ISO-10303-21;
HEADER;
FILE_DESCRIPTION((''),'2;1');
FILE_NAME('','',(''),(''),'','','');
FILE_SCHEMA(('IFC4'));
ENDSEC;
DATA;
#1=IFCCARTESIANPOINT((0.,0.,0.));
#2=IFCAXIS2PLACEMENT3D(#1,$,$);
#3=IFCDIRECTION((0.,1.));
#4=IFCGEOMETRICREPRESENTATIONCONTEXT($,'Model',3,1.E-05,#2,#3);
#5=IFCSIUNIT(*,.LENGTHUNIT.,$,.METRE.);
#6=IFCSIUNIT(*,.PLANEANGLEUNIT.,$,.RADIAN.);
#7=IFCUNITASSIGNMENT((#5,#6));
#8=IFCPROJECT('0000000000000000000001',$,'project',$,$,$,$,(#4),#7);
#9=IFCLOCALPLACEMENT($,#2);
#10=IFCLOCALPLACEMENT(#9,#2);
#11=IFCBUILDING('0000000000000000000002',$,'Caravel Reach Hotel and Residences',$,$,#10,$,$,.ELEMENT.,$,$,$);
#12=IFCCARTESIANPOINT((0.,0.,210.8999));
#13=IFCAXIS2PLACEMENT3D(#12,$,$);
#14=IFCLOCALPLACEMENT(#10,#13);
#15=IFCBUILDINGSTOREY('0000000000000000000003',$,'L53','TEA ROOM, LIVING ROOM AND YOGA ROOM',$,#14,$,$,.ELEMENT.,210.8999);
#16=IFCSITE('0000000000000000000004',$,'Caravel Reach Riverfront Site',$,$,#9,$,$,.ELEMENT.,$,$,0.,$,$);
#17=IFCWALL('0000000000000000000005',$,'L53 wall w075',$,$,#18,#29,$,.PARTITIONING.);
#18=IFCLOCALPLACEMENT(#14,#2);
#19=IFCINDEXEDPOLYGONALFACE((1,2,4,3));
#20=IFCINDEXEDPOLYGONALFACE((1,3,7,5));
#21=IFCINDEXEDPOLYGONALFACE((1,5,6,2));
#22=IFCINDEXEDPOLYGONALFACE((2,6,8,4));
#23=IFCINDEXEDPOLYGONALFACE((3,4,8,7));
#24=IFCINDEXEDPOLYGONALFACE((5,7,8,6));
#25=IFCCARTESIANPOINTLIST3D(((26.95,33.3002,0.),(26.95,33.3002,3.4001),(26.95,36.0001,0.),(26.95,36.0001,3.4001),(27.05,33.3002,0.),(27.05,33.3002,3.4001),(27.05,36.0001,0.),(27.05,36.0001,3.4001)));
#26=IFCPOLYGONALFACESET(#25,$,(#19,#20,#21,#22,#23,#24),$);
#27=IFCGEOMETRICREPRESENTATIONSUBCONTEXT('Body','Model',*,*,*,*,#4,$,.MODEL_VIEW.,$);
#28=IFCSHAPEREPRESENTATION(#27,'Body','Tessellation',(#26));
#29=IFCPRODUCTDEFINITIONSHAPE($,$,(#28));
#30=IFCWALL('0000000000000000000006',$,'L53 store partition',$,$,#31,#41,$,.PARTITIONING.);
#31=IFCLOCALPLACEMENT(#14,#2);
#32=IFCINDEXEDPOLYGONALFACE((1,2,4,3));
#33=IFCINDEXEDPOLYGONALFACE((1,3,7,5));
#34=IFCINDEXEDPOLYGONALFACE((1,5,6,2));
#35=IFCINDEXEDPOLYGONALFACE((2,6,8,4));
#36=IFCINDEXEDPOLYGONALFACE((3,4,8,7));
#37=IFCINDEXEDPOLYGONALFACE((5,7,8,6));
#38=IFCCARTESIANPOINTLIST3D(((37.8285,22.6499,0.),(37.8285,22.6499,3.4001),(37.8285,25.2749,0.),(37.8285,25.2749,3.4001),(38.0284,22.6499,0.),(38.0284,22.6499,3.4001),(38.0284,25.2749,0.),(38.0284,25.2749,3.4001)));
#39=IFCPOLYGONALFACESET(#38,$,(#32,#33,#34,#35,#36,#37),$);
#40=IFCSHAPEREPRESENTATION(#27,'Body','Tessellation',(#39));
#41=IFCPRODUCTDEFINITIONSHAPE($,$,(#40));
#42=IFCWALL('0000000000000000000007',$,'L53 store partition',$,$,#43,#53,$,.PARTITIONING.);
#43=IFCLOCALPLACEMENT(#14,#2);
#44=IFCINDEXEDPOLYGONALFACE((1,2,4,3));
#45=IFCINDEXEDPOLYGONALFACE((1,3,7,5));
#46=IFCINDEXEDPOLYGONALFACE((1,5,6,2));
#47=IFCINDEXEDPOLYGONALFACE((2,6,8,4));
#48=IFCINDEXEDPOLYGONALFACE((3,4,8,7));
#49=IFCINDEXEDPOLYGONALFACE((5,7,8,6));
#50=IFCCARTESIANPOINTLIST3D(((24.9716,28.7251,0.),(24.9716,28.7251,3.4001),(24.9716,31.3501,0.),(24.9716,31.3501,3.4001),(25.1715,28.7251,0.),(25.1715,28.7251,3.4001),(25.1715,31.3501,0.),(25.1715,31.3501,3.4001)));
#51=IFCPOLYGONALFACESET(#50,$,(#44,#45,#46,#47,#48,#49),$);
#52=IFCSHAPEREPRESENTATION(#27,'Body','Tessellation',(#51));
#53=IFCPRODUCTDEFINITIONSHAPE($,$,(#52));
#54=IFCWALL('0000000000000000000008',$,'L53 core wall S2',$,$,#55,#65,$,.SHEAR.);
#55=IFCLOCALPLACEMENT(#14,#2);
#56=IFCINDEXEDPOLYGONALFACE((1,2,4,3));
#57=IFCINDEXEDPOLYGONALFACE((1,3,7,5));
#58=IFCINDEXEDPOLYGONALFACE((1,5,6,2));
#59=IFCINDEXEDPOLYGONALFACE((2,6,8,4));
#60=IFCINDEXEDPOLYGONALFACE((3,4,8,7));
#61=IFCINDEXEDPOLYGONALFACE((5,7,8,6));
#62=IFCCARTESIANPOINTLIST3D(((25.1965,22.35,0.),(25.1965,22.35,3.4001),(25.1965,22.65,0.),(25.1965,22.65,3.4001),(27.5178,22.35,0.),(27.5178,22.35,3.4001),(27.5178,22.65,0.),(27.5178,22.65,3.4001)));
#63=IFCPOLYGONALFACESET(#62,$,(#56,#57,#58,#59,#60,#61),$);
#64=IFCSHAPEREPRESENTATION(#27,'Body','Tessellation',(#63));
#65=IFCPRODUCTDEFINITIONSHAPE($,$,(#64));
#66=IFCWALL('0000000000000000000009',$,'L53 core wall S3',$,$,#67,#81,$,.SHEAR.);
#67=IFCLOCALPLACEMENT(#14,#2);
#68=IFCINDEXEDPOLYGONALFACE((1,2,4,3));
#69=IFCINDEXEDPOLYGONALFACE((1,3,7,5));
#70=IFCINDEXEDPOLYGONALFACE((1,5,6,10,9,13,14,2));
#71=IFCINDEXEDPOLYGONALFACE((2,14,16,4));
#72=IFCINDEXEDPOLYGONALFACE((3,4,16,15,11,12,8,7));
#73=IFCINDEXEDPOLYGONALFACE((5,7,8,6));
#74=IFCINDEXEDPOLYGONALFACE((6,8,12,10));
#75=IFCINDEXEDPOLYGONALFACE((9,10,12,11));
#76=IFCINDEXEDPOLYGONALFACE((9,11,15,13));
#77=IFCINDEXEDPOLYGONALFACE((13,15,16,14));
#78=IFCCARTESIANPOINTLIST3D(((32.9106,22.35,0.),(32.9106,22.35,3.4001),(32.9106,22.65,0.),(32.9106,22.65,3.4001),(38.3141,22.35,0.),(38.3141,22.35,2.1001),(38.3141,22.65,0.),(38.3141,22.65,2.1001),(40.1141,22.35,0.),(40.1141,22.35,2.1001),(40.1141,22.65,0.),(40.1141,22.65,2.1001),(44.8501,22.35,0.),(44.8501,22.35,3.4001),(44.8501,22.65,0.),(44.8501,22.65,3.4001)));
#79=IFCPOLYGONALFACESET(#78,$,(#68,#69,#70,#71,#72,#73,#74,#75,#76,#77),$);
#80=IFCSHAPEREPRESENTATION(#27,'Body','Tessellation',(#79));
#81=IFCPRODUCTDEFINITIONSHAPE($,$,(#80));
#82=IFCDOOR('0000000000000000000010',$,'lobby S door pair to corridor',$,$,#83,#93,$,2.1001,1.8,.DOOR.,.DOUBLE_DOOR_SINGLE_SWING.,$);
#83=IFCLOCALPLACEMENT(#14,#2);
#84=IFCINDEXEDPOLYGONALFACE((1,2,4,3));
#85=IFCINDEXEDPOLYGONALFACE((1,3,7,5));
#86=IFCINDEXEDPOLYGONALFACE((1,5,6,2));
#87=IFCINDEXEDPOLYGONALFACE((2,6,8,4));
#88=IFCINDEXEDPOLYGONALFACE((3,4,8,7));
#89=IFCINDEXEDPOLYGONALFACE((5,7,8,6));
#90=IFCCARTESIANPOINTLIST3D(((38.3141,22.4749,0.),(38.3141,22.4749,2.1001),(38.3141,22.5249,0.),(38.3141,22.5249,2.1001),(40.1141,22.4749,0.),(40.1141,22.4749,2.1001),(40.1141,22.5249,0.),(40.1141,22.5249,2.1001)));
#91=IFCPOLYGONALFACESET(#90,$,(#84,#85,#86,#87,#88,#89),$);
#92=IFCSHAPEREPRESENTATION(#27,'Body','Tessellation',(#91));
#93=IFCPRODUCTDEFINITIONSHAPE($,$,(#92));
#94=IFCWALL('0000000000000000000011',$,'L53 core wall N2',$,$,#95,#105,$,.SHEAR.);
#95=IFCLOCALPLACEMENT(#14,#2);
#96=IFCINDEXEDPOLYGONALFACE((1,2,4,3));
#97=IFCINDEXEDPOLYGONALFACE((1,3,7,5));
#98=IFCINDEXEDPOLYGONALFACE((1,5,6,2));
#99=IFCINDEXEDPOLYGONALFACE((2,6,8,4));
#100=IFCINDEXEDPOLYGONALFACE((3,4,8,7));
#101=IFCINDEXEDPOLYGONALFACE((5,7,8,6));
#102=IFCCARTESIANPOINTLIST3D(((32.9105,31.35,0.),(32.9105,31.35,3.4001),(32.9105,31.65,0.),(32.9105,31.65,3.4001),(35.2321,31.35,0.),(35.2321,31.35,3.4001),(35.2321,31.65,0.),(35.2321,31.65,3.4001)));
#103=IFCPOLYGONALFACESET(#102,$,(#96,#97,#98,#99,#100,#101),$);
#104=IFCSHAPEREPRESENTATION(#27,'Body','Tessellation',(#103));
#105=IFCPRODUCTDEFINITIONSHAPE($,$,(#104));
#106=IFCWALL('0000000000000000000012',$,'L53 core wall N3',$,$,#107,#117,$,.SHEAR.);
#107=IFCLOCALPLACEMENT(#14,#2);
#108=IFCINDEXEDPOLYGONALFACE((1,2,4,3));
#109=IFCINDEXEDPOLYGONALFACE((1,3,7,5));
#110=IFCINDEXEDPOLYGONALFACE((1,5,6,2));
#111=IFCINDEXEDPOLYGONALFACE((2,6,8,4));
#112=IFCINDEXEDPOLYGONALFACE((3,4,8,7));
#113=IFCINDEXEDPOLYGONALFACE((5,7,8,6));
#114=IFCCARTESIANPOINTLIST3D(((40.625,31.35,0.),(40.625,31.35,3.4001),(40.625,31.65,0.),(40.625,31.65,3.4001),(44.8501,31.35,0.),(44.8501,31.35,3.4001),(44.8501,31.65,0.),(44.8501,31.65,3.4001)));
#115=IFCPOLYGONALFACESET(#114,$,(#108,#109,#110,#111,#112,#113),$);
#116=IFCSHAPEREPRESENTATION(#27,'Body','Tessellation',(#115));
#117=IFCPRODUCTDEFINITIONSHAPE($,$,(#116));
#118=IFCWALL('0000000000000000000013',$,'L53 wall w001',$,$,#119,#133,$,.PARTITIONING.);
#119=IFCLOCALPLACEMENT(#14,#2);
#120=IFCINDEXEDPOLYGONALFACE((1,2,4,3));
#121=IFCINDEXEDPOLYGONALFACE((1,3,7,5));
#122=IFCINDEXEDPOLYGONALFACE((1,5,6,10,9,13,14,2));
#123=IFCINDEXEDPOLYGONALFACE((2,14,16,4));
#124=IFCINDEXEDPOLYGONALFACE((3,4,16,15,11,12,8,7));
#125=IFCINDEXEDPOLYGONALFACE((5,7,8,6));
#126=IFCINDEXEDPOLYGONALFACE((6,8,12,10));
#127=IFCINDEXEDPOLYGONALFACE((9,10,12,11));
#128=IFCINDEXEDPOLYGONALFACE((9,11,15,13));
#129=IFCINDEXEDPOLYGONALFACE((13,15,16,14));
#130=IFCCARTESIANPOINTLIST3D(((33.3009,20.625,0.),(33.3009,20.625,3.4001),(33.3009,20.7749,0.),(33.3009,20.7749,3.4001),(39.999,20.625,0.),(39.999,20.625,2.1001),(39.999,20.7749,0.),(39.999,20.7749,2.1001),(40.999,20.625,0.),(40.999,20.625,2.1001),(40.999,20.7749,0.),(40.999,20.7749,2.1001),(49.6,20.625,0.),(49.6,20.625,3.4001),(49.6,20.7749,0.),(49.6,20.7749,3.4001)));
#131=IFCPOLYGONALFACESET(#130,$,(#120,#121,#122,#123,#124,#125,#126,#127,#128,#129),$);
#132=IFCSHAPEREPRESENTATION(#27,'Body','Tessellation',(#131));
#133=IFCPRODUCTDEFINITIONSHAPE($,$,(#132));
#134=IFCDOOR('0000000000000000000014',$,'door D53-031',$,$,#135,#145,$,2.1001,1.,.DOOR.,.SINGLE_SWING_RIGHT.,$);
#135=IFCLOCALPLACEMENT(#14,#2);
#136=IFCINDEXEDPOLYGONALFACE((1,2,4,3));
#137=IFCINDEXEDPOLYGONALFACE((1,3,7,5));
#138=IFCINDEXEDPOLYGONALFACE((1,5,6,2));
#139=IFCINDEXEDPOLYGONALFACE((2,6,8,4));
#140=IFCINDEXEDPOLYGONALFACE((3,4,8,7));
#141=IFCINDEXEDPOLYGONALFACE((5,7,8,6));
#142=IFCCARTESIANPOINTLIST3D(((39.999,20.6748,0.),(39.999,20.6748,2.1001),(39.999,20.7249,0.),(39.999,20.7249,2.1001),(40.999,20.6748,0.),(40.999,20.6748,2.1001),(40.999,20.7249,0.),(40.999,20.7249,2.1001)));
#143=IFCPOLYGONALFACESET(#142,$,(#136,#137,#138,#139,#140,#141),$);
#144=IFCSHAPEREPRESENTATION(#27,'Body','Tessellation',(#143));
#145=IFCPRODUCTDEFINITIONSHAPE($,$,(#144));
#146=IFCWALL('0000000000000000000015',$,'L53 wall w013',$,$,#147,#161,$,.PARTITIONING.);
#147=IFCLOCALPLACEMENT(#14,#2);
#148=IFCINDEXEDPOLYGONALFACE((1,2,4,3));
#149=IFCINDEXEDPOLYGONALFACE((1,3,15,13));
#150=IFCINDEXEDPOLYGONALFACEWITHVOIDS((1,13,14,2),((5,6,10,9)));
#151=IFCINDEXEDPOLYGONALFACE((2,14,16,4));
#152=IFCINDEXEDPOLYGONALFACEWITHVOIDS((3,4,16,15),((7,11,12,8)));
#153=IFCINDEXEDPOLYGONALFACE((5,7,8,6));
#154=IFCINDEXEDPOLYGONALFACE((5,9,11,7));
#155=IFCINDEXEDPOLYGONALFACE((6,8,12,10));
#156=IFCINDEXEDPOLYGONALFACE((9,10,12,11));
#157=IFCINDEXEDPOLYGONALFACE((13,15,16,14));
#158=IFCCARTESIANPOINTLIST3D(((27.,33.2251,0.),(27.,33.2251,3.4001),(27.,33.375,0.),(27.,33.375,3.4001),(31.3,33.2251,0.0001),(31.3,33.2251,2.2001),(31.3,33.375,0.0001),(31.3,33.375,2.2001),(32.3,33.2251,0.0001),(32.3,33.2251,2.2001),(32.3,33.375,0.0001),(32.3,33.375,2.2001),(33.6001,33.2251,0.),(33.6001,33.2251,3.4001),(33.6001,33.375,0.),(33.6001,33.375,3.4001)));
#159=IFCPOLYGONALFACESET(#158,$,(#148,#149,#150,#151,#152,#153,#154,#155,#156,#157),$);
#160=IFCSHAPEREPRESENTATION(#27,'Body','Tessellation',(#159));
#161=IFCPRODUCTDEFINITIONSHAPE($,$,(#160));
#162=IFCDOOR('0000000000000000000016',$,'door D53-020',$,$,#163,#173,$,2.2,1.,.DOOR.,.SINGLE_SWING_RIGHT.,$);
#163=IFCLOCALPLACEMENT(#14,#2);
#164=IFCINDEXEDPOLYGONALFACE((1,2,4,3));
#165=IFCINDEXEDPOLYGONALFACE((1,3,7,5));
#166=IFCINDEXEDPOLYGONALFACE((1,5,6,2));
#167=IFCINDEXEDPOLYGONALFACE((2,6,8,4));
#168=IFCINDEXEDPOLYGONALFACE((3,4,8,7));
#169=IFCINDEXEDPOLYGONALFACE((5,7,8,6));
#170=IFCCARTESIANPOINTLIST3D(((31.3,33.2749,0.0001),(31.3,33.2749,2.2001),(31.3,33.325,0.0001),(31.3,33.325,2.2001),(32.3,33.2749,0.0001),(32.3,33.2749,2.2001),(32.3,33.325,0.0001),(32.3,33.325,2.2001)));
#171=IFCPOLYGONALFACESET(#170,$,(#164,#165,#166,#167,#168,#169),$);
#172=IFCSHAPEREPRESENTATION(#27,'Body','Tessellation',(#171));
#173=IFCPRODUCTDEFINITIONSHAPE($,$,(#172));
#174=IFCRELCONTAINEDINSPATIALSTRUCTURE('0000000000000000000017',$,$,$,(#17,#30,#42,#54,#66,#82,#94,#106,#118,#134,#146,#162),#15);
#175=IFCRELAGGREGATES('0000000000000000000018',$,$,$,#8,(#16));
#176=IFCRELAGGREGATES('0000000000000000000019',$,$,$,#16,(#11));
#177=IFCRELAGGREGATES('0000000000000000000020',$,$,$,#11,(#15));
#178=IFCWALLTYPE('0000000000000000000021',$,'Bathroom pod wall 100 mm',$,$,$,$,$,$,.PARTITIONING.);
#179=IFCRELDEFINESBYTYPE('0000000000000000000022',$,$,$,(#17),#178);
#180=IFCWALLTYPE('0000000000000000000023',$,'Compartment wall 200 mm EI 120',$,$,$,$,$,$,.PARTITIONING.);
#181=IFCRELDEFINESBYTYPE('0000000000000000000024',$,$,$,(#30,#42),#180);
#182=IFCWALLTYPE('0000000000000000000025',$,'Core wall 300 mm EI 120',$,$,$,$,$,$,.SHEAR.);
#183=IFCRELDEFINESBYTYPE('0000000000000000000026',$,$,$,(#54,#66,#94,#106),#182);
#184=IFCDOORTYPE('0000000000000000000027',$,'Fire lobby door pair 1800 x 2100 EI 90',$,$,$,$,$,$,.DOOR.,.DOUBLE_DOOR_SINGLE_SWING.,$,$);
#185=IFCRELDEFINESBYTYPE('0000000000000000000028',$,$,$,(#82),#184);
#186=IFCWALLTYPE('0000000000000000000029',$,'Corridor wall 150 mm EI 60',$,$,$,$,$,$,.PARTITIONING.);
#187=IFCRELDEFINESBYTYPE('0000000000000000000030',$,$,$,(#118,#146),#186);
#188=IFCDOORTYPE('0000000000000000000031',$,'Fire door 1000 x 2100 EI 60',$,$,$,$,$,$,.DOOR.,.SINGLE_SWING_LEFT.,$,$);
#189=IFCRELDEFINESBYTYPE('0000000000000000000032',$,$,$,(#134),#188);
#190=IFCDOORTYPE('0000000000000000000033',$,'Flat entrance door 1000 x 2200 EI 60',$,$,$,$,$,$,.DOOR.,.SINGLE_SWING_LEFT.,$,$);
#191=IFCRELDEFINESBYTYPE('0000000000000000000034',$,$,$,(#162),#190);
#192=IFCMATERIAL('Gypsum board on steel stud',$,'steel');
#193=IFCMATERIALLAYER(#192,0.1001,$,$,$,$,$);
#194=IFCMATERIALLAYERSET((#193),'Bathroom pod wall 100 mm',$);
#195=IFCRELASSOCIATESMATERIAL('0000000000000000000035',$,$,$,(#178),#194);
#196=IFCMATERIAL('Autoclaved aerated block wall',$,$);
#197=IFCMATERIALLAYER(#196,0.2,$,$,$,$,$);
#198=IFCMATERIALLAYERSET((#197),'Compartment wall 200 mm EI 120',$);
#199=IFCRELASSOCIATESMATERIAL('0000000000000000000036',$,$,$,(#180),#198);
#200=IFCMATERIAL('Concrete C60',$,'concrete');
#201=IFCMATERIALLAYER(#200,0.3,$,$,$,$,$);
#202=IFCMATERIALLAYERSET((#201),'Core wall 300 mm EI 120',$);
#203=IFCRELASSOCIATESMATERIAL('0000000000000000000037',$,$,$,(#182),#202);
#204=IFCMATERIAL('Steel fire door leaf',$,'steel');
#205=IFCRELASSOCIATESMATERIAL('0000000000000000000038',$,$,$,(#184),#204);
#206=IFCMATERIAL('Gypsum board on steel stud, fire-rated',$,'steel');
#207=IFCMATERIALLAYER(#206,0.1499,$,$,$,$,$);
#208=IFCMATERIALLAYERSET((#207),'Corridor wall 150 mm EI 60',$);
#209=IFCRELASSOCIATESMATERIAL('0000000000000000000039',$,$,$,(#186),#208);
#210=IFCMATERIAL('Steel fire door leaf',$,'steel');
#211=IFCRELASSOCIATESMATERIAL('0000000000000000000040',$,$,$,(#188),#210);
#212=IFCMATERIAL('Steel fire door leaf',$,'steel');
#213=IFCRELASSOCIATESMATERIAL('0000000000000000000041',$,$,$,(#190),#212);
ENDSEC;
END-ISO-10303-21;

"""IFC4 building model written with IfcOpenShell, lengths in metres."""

from ifc_helpers import new_model, si_unit, direction, frame, frame_2d, origin, place, context, subcontext, project, spatial, rectangle, extrude, material, layer, layer_set, type_object, element, fill, save


model = new_model("IFC4")

# Units and contexts
model_context = context("Model", 3, precision=1e-05, world=origin(), true_north=direction((0.0, 1.0)))
body_context = subcontext(model_context, "Body", "Model", "MODEL_VIEW")
ifc_project = project(units=[si_unit("LENGTHUNIT", "METRE"), si_unit("PLANEANGLEUNIT", "RADIAN")], contexts=[model_context])

# Site, building, storey
site_placement = place(None, origin())
site = spatial("IfcSite", under=ifc_project, at=site_placement, Name="Caravel Reach Riverfront Site", CompositionType="ELEMENT", RefElevation=0.0)
building_placement = place(site_placement, origin())
building = spatial("IfcBuilding", under=site, at=building_placement, Name="Caravel Reach Hotel and Residences", CompositionType="ELEMENT")
storey_placement = place(building_placement, frame((0.0, 0.0, 210.8999)))
storey = spatial("IfcBuildingStorey", under=building, at=storey_placement, Name="L53", Description="TEA ROOM, LIVING ROOM AND YOGA ROOM", CompositionType="ELEMENT", Elevation=210.8999)

# Walls
ifc_material_1 = material(Name="Gypsum board on steel stud", Category="steel")
ifc_layer_1 = layer(ifc_material_1, 0.1001)
ifc_layer_set_1 = layer_set([ifc_layer_1], Name="Bathroom pod wall 100 mm")
wall_type_1 = type_object("IfcWallType", Name="Bathroom pod wall 100 mm", PredefinedType="PARTITIONING", material=ifc_layer_set_1)
wall_1_placement = place(storey_placement, frame((27.0, 33.3, 0.0), z_axis=(0.0, 0.0, 1.0), x_axis=(0.0, 1.0, 0.0)))
element("IfcWall", 1, at=wall_1_placement, inside=storey, type_object=wall_type_1, Name="L53 wall w075", PredefinedType="PARTITIONING", context=body_context, shape_type="SweptSolid", body=[
    extrude(rectangle(XDim=2.7, YDim=0.1001, at=frame_2d((1.3501, 0.0))), origin(), (0.0, 0.0, 1.0), 3.4001),
])
ifc_material_2 = material(Name="Autoclaved aerated block wall")
ifc_layer_2 = layer(ifc_material_2, 0.2)
ifc_layer_set_2 = layer_set([ifc_layer_2], Name="Compartment wall 200 mm EI 120")
wall_type_2 = type_object("IfcWallType", Name="Compartment wall 200 mm EI 120", PredefinedType="PARTITIONING", material=ifc_layer_set_2)
for number, where, z_axis, x_axis, name in (
    (2, (37.9285, 22.6499, 0.0), (0.0, 0.0, 1.0), (0.0, 1.0, 0.0), "L53 store partition"),
    (3, (25.0715, 28.7251, 0.0), (0.0, 0.0, 1.0), (0.0, 1.0, 0.0), "L53 store partition"),
):
    element("IfcWall", number, at=place(storey_placement, frame(where, z_axis=z_axis, x_axis=x_axis)), inside=storey, type_object=wall_type_2, Name=name, PredefinedType="PARTITIONING", context=body_context, shape_type="SweptSolid", body=[
        extrude(rectangle(XDim=2.625, YDim=0.2, at=frame_2d((1.3125, 0.0))), origin(), (0.0, 0.0, 1.0), 3.4001),
    ])
ifc_material_3 = material(Name="Concrete C60", Category="concrete")
ifc_layer_3 = layer(ifc_material_3, 0.3)
ifc_layer_set_3 = layer_set([ifc_layer_3], Name="Core wall 300 mm EI 120")
wall_type_3 = type_object("IfcWallType", Name="Core wall 300 mm EI 120", PredefinedType="SHEAR", material=ifc_layer_set_3)
wall_2_placement = place(storey_placement, frame((25.1965, 22.5, 0.0), z_axis=(0.0, 0.0, 1.0), x_axis=(1.0, 0.0, 0.0)))
element("IfcWall", 4, at=wall_2_placement, inside=storey, type_object=wall_type_3, Name="L53 core wall S2", PredefinedType="SHEAR", context=body_context, shape_type="SweptSolid", body=[
    extrude(rectangle(XDim=2.3213, YDim=0.3, at=frame_2d((1.1606, 0.0))), origin(), (0.0, 0.0, 1.0), 3.4001),
])

# Wall, opening, door
wall_3_placement = place(storey_placement, frame((32.9106, 22.5, 0.0), z_axis=(0.0, 0.0, 1.0), x_axis=(1.0, 0.0, 0.0)))
wall_3 = element("IfcWall", 5, at=wall_3_placement, inside=storey, type_object=wall_type_3, Name="L53 core wall S3", PredefinedType="SHEAR", context=body_context, shape_type="SweptSolid", body=[
    extrude(rectangle(XDim=11.9395, YDim=0.3, at=frame_2d((5.9697, 0.0))), origin(), (0.0, 0.0, 1.0), 3.4001),
])
opening_1_placement = place(wall_3_placement, frame((5.4036, 0.0, 0.0)))
opening_1 = element("IfcOpeningElement", 6, at=opening_1_placement, cuts=wall_3, PredefinedType="OPENING", context=body_context, shape_type="SweptSolid", body=[
    extrude(rectangle(XDim=1.8, YDim=2.1001, at=frame_2d((0.8999, 1.05))), frame((0.0, 0.1599, 0.0), z_axis=(0.0, -1.0, 0.0), x_axis=(1.0, 0.0, 0.0)), (0.0, 0.0, 1.0), 0.3201),
])
ifc_material_4 = material(Name="Steel fire door leaf", Category="steel")
door_type_1 = type_object("IfcDoorType", Name="Fire lobby door pair 1800 x 2100 EI 90", OperationType="DOUBLE_DOOR_SINGLE_SWING", PredefinedType="DOOR", material=ifc_material_4)
door_1_placement = place(opening_1_placement, origin())
door_1 = element("IfcDoor", 7, at=door_1_placement, inside=storey, type_object=door_type_1, Name="lobby S door pair to corridor", OperationType="DOUBLE_DOOR_SINGLE_SWING", OverallHeight=2.1001, OverallWidth=1.8, PredefinedType="DOOR", context=body_context, shape_type="SweptSolid", body=[
    extrude(rectangle(XDim=1.8, YDim=2.1001, at=frame_2d((0.8999, 1.05))), frame((0.0, 0.0249, 0.0), z_axis=(0.0, -1.0, 0.0), x_axis=(1.0, 0.0, 0.0)), (0.0, 0.0, 1.0), 0.05),
])
fill(opening_1, door_1)

# Walls
wall_4_placement = place(storey_placement, frame((32.9106, 31.5, 0.0), z_axis=(0.0, 0.0, 1.0), x_axis=(1.0, 0.0, 0.0)))
element("IfcWall", 8, at=wall_4_placement, inside=storey, type_object=wall_type_3, Name="L53 core wall N2", PredefinedType="SHEAR", context=body_context, shape_type="SweptSolid", body=[
    extrude(rectangle(XDim=2.3215, YDim=0.3, at=frame_2d((1.1606, 0.0))), origin(), (0.0, 0.0, 1.0), 3.4001),
])
wall_5_placement = place(storey_placement, frame((40.625, 31.5, 0.0), z_axis=(0.0, 0.0, 1.0), x_axis=(1.0, 0.0, 0.0)))
element("IfcWall", 9, at=wall_5_placement, inside=storey, type_object=wall_type_3, Name="L53 core wall N3", PredefinedType="SHEAR", context=body_context, shape_type="SweptSolid", body=[
    extrude(rectangle(XDim=4.2251, YDim=0.3, at=frame_2d((2.1125, 0.0))), origin(), (0.0, 0.0, 1.0), 3.4001),
])

# Walls, openings, doors
ifc_material_5 = material(Name="Gypsum board on steel stud, fire-rated", Category="steel")
ifc_layer_4 = layer(ifc_material_5, 0.1499)
ifc_layer_set_4 = layer_set([ifc_layer_4], Name="Corridor wall 150 mm EI 60")
wall_type_4 = type_object("IfcWallType", Name="Corridor wall 150 mm EI 60", PredefinedType="PARTITIONING", material=ifc_layer_set_4)
wall_6_placement = place(storey_placement, frame((33.301, 20.7, 0.0), z_axis=(0.0, 0.0, 1.0), x_axis=(1.0, 0.0, 0.0)))
wall_6 = element("IfcWall", 10, at=wall_6_placement, inside=storey, type_object=wall_type_4, Name="L53 wall w001", PredefinedType="PARTITIONING", context=body_context, shape_type="SweptSolid", body=[
    extrude(rectangle(XDim=16.2991, YDim=0.1499, at=frame_2d((8.1494, 0.0))), origin(), (0.0, 0.0, 1.0), 3.4001),
])
opening_2_placement = place(wall_6_placement, frame((6.698, 0.0, 0.0)))
opening_2 = element("IfcOpeningElement", 11, at=opening_2_placement, cuts=wall_6, PredefinedType="OPENING", context=body_context, shape_type="SweptSolid", body=[
    extrude(rectangle(XDim=1.0, YDim=2.1001, at=frame_2d((0.5, 1.05))), frame((0.0, 0.085, 0.0), z_axis=(0.0, -1.0, 0.0), x_axis=(1.0, 0.0, 0.0)), (0.0, 0.0, 1.0), 0.1699),
])
ifc_material_6 = material(Name="Steel fire door leaf", Category="steel")
door_type_2 = type_object("IfcDoorType", Name="Fire door 1000 x 2100 EI 60", OperationType="SINGLE_SWING_LEFT", PredefinedType="DOOR", material=ifc_material_6)
door_2_placement = place(opening_2_placement, origin())
door_2 = element("IfcDoor", 12, at=door_2_placement, inside=storey, type_object=door_type_2, Name="door D53-031", OperationType="SINGLE_SWING_RIGHT", OverallHeight=2.1001, OverallWidth=1.0, PredefinedType="DOOR", context=body_context, shape_type="SweptSolid", body=[
    extrude(rectangle(XDim=1.0, YDim=2.1001, at=frame_2d((0.5, 1.05))), frame((0.0, 0.0249, 0.0), z_axis=(0.0, -1.0, 0.0), x_axis=(1.0, 0.0, 0.0)), (0.0, 0.0, 1.0), 0.05),
])
fill(opening_2, door_2)
wall_7_placement = place(storey_placement, frame((27.0, 33.3, 0.0), z_axis=(0.0, 0.0, 1.0), x_axis=(1.0, 0.0, 0.0)))
wall_7 = element("IfcWall", 13, at=wall_7_placement, inside=storey, type_object=wall_type_4, Name="L53 wall w013", PredefinedType="PARTITIONING", context=body_context, shape_type="SweptSolid", body=[
    extrude(rectangle(XDim=6.6001, YDim=0.1499, at=frame_2d((3.3, 0.0))), origin(), (0.0, 0.0, 1.0), 3.4001),
])
opening_3_placement = place(wall_7_placement, frame((4.3, 0.0, 0.0)))
opening_3 = element("IfcOpeningElement", 14, at=opening_3_placement, cuts=wall_7, PredefinedType="OPENING", context=body_context, shape_type="SweptSolid", body=[
    extrude(rectangle(XDim=1.0, YDim=2.2, at=frame_2d((0.5, 1.1001))), frame((0.0, 0.085, 0.0), z_axis=(0.0, -1.0, 0.0), x_axis=(1.0, 0.0, 0.0)), (0.0, 0.0, 1.0), 0.1699),
])
ifc_material_7 = material(Name="Steel fire door leaf", Category="steel")
door_type_3 = type_object("IfcDoorType", Name="Flat entrance door 1000 x 2200 EI 60", OperationType="SINGLE_SWING_LEFT", PredefinedType="DOOR", material=ifc_material_7)
door_3_placement = place(opening_3_placement, origin())
door_3 = element("IfcDoor", 15, at=door_3_placement, inside=storey, type_object=door_type_3, Name="door D53-020", OperationType="SINGLE_SWING_RIGHT", OverallHeight=2.2, OverallWidth=1.0, PredefinedType="DOOR", context=body_context, shape_type="SweptSolid", body=[
    extrude(rectangle(XDim=1.0, YDim=2.2, at=frame_2d((0.5, 1.1001))), frame((0.0, 0.0249, 0.0), z_axis=(0.0, -1.0, 0.0), x_axis=(1.0, 0.0, 0.0)), (0.0, 0.0, 1.0), 0.05),
])
fill(opening_3, door_3)

save(model, "model.ifc")
